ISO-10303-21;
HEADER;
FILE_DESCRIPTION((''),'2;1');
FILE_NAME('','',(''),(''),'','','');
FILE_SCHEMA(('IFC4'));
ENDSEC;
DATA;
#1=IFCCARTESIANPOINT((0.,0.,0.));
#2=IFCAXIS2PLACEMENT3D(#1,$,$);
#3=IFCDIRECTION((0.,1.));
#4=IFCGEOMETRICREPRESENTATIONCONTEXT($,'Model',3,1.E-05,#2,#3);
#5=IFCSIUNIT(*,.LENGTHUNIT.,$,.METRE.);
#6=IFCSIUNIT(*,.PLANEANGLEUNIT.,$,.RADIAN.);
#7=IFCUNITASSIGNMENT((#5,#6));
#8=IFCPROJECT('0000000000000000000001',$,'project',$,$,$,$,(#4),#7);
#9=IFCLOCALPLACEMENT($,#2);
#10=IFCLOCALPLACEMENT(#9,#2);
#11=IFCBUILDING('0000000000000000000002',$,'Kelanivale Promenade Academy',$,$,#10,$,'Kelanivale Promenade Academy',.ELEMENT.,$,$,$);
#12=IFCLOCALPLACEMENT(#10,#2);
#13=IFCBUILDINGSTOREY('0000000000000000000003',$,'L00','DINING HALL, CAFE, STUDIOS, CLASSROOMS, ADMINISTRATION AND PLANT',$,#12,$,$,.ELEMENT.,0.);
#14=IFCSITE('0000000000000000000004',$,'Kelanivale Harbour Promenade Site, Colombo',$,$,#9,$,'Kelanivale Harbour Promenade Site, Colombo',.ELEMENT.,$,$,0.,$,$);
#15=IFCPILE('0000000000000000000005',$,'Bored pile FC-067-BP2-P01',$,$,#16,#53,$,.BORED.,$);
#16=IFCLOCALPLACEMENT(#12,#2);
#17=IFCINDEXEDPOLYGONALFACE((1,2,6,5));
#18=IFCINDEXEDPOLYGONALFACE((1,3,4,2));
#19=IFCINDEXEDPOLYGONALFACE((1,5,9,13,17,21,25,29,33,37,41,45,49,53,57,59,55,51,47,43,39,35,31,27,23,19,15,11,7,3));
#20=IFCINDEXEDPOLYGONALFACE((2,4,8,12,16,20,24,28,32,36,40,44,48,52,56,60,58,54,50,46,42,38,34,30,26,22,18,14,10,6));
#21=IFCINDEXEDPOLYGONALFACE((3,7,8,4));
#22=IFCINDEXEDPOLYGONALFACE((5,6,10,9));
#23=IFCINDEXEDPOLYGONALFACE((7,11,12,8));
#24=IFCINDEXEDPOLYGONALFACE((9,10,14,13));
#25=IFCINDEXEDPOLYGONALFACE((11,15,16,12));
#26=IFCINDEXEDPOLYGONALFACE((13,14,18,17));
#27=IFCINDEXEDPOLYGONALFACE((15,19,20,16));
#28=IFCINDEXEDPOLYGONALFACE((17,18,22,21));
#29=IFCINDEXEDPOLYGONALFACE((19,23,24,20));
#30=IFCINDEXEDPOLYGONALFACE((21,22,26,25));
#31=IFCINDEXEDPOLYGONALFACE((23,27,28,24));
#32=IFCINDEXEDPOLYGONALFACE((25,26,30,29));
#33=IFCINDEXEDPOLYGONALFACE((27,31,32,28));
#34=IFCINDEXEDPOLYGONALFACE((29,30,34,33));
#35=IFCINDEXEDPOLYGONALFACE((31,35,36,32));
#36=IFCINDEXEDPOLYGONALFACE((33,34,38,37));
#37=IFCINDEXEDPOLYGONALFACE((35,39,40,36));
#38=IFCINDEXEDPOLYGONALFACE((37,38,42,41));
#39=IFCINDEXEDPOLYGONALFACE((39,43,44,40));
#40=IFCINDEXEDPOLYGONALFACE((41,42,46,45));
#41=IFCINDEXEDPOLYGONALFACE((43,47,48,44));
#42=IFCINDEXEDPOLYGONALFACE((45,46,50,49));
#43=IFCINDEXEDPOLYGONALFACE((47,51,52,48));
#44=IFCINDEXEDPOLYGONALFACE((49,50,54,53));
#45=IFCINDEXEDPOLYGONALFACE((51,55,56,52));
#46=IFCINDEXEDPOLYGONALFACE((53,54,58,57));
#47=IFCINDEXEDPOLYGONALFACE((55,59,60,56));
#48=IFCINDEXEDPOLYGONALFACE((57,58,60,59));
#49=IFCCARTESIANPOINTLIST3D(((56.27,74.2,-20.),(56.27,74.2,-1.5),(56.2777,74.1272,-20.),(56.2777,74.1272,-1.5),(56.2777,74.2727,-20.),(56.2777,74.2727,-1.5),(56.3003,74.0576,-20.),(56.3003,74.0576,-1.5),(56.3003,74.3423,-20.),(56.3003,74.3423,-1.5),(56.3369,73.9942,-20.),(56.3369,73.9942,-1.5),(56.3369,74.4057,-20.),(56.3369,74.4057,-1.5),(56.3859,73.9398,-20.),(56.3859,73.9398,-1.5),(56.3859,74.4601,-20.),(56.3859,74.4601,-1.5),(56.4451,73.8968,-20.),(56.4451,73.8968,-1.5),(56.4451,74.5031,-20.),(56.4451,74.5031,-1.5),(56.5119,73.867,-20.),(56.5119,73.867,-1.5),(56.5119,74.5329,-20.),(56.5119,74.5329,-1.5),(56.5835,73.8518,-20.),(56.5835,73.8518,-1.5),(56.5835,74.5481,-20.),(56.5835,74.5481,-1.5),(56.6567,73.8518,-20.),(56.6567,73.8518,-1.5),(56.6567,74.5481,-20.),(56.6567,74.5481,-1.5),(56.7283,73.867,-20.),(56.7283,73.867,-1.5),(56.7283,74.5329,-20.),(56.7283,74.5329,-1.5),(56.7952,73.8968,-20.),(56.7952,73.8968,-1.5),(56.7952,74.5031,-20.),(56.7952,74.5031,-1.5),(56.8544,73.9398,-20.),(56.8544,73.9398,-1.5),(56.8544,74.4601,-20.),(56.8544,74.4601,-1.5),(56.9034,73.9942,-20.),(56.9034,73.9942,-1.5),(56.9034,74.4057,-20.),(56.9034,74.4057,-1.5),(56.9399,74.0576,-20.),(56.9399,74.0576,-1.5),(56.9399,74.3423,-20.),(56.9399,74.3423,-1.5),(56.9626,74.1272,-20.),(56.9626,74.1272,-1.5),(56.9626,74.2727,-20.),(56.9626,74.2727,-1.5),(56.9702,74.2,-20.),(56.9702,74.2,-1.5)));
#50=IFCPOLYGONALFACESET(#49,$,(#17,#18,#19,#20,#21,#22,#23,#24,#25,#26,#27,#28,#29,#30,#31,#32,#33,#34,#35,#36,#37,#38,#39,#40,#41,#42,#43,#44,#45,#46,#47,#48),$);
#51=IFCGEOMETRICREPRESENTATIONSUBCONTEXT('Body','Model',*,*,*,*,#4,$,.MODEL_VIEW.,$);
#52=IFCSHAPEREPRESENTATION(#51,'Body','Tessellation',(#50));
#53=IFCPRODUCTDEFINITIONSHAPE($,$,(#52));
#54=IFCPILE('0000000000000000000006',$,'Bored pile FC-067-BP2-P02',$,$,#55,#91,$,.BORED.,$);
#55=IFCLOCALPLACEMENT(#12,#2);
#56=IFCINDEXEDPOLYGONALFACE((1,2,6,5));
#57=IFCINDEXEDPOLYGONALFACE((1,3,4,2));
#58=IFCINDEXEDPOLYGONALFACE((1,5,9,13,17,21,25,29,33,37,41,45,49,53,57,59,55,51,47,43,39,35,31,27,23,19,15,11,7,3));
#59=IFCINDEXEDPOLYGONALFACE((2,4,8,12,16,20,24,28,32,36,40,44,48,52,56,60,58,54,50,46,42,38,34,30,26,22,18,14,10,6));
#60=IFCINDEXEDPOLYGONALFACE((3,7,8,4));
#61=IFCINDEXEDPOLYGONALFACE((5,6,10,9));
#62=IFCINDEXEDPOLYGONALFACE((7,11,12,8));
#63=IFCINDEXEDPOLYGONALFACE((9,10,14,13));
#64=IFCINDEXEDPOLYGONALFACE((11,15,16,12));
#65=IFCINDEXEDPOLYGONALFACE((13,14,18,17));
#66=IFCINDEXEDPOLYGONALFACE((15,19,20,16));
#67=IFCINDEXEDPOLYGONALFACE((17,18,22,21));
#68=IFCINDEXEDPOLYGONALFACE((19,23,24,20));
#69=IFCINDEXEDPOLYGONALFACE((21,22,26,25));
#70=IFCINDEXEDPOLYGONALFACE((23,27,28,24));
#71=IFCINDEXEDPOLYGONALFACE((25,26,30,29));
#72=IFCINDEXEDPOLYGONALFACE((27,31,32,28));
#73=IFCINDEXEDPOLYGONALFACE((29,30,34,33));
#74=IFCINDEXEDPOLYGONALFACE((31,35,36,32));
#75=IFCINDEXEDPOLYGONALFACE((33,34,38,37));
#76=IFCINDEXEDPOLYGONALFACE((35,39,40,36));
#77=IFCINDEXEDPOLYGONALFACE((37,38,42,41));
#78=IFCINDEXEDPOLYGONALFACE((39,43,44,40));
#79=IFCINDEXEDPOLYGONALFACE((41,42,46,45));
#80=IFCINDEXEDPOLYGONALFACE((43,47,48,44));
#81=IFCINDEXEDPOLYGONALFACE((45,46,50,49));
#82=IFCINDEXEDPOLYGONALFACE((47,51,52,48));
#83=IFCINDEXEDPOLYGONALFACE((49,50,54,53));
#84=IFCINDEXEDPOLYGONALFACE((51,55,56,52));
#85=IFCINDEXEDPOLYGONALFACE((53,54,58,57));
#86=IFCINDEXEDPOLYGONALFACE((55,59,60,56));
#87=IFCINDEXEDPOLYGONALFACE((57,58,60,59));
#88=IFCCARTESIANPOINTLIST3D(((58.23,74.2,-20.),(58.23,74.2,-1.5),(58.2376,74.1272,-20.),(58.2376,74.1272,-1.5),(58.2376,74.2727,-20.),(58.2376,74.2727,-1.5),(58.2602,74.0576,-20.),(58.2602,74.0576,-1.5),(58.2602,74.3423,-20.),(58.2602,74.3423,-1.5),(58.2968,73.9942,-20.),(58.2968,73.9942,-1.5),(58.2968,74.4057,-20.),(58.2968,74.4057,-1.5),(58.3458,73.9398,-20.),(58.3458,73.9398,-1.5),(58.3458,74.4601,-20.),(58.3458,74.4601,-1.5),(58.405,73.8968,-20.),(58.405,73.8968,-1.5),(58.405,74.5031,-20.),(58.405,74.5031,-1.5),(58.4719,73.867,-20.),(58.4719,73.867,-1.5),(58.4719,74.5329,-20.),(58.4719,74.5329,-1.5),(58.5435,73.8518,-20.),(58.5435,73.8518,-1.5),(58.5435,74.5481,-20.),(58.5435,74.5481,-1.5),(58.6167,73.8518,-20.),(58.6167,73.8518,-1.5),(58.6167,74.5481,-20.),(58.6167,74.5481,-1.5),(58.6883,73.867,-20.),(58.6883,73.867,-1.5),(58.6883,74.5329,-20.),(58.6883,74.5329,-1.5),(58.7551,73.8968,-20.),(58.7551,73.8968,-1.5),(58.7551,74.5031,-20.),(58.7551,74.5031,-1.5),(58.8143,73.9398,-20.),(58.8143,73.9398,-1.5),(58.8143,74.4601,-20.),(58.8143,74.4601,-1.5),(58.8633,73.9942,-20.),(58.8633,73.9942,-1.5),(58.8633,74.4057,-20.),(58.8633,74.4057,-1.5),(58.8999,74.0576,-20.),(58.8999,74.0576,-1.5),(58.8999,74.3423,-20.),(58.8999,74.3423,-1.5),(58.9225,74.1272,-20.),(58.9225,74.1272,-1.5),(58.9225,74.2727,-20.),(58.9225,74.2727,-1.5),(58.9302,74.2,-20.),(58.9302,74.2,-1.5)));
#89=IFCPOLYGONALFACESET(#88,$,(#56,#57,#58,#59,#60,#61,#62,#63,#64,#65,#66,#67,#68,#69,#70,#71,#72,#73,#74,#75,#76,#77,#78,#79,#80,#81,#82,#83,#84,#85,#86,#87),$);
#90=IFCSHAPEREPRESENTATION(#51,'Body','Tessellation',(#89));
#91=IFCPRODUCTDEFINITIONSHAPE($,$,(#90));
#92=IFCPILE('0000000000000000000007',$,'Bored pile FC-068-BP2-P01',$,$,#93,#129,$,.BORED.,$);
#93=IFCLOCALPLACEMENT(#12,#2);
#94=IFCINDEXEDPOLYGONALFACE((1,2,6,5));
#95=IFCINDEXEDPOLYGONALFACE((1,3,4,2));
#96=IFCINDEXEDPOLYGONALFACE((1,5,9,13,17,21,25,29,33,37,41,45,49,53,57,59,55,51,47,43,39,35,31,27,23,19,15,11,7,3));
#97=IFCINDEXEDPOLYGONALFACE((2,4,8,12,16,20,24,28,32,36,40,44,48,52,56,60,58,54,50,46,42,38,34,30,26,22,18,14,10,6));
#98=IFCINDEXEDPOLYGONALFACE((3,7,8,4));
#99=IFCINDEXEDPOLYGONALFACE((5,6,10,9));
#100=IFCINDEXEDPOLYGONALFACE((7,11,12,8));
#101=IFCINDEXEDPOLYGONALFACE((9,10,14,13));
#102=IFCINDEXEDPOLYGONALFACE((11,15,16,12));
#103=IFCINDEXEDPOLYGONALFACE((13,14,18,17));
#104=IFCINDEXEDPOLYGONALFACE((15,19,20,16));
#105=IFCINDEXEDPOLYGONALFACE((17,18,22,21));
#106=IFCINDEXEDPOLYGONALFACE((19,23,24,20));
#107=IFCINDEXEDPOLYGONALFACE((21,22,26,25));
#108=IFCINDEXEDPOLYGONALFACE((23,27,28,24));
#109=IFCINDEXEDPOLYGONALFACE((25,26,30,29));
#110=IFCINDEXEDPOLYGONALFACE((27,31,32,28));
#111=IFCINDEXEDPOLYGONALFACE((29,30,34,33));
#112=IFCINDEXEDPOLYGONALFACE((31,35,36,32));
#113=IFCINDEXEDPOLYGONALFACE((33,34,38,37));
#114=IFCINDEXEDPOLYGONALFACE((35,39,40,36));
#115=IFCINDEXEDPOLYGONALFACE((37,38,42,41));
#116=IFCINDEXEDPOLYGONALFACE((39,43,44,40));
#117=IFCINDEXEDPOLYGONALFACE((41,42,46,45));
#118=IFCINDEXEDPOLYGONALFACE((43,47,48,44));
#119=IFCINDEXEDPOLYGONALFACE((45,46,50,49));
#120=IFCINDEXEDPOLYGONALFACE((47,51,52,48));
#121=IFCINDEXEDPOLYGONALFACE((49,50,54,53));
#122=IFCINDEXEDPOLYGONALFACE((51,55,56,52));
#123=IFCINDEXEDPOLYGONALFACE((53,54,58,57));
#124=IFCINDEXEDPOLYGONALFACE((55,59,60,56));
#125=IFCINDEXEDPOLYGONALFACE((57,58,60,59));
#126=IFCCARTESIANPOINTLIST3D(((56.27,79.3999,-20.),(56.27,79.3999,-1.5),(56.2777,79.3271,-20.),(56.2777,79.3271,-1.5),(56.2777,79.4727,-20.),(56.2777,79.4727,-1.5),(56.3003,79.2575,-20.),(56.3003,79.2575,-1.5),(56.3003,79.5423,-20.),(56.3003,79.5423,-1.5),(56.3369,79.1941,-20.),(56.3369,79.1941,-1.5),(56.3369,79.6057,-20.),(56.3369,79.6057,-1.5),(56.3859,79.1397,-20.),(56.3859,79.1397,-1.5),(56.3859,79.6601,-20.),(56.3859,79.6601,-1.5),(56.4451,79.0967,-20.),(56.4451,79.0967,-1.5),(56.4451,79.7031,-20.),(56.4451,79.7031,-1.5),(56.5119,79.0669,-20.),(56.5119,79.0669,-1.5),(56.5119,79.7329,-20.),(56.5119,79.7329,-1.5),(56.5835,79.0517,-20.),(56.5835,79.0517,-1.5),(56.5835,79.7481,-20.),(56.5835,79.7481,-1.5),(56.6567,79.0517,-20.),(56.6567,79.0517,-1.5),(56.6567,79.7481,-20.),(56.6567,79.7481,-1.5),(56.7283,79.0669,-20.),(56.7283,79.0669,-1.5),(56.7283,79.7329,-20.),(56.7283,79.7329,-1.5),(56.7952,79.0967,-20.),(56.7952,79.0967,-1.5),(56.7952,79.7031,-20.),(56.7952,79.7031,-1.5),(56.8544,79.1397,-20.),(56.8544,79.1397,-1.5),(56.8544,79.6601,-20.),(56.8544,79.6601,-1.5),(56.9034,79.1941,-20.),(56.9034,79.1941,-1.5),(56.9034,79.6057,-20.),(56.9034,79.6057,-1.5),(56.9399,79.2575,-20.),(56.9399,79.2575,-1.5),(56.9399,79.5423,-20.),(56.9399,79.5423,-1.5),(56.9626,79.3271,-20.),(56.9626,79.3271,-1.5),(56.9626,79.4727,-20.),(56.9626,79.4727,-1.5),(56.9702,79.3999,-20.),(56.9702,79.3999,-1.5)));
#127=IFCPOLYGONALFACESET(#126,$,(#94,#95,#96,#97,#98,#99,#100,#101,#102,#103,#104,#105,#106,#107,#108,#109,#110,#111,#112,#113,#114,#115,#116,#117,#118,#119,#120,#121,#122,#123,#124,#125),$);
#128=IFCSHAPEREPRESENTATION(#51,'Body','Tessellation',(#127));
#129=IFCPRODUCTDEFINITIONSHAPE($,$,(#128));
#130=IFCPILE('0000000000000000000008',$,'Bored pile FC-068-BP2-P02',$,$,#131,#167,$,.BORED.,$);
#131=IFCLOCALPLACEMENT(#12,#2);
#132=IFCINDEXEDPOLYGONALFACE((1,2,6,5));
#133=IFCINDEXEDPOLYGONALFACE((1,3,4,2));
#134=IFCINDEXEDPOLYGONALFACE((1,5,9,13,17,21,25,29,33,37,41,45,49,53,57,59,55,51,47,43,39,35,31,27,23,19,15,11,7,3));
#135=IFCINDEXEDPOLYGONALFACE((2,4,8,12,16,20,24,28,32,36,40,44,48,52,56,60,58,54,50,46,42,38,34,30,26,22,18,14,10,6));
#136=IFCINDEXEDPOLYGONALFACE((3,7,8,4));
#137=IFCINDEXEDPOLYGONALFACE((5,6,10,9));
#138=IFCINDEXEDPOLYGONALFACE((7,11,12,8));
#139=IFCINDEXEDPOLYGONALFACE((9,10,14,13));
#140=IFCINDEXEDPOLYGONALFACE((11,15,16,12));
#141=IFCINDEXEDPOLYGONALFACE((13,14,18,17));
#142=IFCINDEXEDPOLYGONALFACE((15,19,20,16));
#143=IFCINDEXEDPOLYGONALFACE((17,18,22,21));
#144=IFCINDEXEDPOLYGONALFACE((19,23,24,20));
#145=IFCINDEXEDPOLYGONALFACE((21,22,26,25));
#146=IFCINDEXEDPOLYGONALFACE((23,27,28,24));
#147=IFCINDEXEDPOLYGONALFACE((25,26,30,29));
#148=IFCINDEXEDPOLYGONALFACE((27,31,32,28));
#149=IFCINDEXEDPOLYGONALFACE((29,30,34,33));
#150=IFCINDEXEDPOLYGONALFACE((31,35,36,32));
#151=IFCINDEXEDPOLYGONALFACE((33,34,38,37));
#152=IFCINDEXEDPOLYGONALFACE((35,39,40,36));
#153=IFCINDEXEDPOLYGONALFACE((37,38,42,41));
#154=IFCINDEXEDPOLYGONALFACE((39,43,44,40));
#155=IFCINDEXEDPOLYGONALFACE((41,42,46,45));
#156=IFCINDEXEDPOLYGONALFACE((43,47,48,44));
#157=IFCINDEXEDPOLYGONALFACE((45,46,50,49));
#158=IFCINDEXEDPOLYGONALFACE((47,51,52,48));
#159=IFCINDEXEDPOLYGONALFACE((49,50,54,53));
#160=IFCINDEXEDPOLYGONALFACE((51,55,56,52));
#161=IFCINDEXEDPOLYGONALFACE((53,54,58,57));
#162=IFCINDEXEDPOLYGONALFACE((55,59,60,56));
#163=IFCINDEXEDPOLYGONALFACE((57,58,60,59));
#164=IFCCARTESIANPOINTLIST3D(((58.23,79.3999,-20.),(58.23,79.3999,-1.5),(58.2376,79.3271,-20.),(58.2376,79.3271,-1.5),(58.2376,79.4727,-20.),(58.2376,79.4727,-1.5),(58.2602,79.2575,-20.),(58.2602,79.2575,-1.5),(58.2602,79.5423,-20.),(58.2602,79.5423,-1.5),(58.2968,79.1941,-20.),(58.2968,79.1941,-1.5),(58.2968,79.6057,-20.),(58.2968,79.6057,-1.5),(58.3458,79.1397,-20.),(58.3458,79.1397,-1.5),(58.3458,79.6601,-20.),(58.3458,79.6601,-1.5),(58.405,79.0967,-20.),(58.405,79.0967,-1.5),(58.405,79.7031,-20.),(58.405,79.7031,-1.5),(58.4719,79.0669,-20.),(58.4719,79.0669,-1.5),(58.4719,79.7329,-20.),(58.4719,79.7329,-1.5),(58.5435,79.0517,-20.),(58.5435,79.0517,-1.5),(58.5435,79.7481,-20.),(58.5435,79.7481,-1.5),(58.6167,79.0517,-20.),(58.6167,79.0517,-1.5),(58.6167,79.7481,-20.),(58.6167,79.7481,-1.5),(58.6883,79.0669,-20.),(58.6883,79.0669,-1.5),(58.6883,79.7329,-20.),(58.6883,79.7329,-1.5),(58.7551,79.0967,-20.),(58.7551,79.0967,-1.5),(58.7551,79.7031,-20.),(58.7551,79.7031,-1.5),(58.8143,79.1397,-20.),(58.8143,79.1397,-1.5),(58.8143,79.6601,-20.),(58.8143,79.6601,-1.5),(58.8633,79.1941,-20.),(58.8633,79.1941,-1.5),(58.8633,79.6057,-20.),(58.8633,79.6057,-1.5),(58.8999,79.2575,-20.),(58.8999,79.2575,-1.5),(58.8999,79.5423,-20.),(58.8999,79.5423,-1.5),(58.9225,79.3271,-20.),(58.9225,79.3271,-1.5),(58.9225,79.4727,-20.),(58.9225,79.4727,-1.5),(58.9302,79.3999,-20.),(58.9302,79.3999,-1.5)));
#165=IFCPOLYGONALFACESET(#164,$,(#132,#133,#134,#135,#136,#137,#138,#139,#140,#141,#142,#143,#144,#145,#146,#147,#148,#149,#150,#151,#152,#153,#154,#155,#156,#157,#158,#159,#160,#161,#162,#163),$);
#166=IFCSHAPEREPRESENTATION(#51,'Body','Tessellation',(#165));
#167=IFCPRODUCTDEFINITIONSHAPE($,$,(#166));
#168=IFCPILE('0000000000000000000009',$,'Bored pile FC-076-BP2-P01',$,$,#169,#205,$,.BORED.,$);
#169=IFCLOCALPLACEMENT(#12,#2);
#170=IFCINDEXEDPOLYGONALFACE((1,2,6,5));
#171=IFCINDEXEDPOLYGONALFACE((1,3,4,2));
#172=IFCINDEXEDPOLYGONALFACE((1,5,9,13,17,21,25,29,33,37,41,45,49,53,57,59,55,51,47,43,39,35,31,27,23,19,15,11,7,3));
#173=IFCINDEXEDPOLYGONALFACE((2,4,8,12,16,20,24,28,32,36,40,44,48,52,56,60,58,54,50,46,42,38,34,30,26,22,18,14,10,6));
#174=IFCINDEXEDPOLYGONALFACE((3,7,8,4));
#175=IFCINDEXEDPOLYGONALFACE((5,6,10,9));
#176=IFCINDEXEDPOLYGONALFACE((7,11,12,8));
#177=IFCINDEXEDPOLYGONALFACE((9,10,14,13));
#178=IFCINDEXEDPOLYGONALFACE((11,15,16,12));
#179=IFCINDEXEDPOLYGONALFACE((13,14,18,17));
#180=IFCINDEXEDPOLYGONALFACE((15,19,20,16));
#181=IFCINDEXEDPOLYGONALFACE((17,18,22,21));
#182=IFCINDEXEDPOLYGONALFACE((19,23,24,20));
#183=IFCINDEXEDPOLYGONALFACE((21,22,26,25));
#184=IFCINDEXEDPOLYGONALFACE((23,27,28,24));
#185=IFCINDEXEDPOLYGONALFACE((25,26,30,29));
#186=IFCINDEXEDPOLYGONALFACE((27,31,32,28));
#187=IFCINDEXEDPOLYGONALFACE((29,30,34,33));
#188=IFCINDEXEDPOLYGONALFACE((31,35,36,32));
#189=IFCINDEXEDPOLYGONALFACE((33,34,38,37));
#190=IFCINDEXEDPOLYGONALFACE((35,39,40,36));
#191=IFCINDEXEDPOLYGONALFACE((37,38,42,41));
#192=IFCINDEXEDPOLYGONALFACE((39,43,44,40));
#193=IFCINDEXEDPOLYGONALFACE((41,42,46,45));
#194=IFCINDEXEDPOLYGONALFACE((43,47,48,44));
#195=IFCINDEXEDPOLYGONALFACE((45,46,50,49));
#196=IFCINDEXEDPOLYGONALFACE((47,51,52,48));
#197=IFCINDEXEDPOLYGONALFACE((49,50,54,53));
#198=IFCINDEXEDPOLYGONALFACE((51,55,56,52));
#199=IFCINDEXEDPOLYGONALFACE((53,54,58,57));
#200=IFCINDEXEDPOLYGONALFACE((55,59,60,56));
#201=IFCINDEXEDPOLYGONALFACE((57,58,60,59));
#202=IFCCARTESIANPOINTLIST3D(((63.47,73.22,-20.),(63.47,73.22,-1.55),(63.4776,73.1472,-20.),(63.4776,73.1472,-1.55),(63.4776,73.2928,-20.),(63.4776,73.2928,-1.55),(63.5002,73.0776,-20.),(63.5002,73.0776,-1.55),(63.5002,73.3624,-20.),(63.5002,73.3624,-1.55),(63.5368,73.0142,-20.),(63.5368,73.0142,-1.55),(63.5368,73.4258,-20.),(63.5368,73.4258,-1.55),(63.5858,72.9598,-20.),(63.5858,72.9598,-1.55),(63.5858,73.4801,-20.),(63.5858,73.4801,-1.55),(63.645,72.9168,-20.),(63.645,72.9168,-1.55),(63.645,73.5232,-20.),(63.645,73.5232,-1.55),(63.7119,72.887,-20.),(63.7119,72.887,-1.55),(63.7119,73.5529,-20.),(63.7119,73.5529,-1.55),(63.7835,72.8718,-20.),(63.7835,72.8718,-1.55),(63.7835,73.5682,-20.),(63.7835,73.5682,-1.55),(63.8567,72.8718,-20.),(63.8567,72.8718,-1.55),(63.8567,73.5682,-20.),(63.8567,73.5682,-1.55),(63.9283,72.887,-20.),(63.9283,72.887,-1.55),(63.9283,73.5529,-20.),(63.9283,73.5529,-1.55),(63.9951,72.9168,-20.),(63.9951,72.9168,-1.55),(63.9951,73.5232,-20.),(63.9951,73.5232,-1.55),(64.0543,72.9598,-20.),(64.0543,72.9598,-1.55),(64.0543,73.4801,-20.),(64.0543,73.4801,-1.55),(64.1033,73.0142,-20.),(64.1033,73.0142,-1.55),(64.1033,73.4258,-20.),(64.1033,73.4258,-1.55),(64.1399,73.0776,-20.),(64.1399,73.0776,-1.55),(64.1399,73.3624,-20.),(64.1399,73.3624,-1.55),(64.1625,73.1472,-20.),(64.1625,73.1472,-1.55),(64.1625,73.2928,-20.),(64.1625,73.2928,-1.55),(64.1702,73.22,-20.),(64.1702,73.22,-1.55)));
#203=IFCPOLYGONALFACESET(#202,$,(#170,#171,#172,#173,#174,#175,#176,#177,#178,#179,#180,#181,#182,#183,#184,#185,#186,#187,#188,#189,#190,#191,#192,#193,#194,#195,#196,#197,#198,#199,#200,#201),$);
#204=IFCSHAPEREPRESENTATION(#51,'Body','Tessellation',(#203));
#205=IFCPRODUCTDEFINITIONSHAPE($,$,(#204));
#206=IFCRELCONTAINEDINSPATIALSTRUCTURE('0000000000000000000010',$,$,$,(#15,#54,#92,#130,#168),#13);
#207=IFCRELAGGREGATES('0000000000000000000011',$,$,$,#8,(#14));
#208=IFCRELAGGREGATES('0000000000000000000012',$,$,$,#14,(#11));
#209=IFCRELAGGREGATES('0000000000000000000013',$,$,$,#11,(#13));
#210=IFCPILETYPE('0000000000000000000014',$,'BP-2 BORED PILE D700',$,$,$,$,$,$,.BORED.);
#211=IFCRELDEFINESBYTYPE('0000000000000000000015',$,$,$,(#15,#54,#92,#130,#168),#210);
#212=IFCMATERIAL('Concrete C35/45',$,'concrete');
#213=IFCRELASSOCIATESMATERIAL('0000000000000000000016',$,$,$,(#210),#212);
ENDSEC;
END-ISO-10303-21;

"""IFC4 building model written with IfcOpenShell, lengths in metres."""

from ifc_helpers import new_model, si_unit, direction, frame, origin, origin_2d, place, context, subcontext, project, spatial, circle, extrude, material, material_profile, profile_set, type_object, element, save


model = new_model("IFC4")

# Units and contexts
model_context = context("Model", 3, precision=1e-05, world=origin(), true_north=direction((0.0, 1.0)))
body_context = subcontext(model_context, "Body", "Model", "MODEL_VIEW")
ifc_project = project(units=[si_unit("LENGTHUNIT", "METRE"), si_unit("PLANEANGLEUNIT", "RADIAN")], contexts=[model_context])

# Site, building, storey
site_placement = place(None, origin())
site = spatial("IfcSite", under=ifc_project, at=site_placement, Name="Kelanivale Harbour Promenade Site, Colombo", LongName="Kelanivale Harbour Promenade Site, Colombo", CompositionType="ELEMENT", RefElevation=0.0)
building_placement = place(site_placement, origin())
building = spatial("IfcBuilding", under=site, at=building_placement, Name="Kelanivale Promenade Academy", LongName="Kelanivale Promenade Academy", CompositionType="ELEMENT")
storey_placement = place(building_placement, origin())
storey = spatial("IfcBuildingStorey", under=building, at=storey_placement, Name="L00", Description="DINING HALL, CAFE, STUDIOS, CLASSROOMS, ADMINISTRATION AND PLANT", CompositionType="ELEMENT", Elevation=0.0)

# Piles
ifc_material_1 = material(Name="Concrete C35/45", Category="concrete")
ifc_material_profile_1 = material_profile(ifc_material_1, circle(Radius=0.3501, at=origin_2d()), Name="BORED PILE D700")
ifc_profile_set_1 = profile_set([ifc_material_profile_1], Name="Concrete C35/45")
pile_type_1 = type_object("IfcPileType", Name="BP-2 BORED PILE D700", PredefinedType="BORED", material=ifc_profile_set_1)
for number, where, z_axis, x_axis, name in (
    (1, (56.6201, 74.2, -1.5), (0.0, 0.0, -1.0), (1.0, 0.0, 0.0), "Bored pile FC-067-BP2-P01"),
    (2, (58.5801, 74.2, -1.5), (0.0, 0.0, -1.0), (1.0, 0.0, 0.0), "Bored pile FC-067-BP2-P02"),
    (3, (56.6201, 79.3999, -1.5), (0.0, 0.0, -1.0), (1.0, 0.0, 0.0), "Bored pile FC-068-BP2-P01"),
    (4, (58.5801, 79.3999, -1.5), (0.0, 0.0, -1.0), (1.0, 0.0, 0.0), "Bored pile FC-068-BP2-P02"),
):
    element("IfcPile", number, at=place(storey_placement, frame(where, z_axis=z_axis, x_axis=x_axis)), inside=storey, type_object=pile_type_1, Name=name, PredefinedType="BORED", context=body_context, shape_type="SweptSolid", body=[
        extrude(circle(Radius=0.3501, at=origin_2d()), origin(), (0.0, 0.0, 1.0), 18.5),
    ])
for number, where, z_axis, x_axis, name in (
    (5, (63.8201, 73.22, -1.55), (0.0, 0.0, -1.0), (1.0, 0.0, 0.0), "Bored pile FC-076-BP2-P01"),
):
    element("IfcPile", number, at=place(storey_placement, frame(where, z_axis=z_axis, x_axis=x_axis)), inside=storey, type_object=pile_type_1, Name=name, PredefinedType="BORED", context=body_context, shape_type="SweptSolid", body=[
        extrude(circle(Radius=0.3501, at=origin_2d()), origin(), (0.0, 0.0, 1.0), 18.45),
    ])

save(model, "model.ifc")
